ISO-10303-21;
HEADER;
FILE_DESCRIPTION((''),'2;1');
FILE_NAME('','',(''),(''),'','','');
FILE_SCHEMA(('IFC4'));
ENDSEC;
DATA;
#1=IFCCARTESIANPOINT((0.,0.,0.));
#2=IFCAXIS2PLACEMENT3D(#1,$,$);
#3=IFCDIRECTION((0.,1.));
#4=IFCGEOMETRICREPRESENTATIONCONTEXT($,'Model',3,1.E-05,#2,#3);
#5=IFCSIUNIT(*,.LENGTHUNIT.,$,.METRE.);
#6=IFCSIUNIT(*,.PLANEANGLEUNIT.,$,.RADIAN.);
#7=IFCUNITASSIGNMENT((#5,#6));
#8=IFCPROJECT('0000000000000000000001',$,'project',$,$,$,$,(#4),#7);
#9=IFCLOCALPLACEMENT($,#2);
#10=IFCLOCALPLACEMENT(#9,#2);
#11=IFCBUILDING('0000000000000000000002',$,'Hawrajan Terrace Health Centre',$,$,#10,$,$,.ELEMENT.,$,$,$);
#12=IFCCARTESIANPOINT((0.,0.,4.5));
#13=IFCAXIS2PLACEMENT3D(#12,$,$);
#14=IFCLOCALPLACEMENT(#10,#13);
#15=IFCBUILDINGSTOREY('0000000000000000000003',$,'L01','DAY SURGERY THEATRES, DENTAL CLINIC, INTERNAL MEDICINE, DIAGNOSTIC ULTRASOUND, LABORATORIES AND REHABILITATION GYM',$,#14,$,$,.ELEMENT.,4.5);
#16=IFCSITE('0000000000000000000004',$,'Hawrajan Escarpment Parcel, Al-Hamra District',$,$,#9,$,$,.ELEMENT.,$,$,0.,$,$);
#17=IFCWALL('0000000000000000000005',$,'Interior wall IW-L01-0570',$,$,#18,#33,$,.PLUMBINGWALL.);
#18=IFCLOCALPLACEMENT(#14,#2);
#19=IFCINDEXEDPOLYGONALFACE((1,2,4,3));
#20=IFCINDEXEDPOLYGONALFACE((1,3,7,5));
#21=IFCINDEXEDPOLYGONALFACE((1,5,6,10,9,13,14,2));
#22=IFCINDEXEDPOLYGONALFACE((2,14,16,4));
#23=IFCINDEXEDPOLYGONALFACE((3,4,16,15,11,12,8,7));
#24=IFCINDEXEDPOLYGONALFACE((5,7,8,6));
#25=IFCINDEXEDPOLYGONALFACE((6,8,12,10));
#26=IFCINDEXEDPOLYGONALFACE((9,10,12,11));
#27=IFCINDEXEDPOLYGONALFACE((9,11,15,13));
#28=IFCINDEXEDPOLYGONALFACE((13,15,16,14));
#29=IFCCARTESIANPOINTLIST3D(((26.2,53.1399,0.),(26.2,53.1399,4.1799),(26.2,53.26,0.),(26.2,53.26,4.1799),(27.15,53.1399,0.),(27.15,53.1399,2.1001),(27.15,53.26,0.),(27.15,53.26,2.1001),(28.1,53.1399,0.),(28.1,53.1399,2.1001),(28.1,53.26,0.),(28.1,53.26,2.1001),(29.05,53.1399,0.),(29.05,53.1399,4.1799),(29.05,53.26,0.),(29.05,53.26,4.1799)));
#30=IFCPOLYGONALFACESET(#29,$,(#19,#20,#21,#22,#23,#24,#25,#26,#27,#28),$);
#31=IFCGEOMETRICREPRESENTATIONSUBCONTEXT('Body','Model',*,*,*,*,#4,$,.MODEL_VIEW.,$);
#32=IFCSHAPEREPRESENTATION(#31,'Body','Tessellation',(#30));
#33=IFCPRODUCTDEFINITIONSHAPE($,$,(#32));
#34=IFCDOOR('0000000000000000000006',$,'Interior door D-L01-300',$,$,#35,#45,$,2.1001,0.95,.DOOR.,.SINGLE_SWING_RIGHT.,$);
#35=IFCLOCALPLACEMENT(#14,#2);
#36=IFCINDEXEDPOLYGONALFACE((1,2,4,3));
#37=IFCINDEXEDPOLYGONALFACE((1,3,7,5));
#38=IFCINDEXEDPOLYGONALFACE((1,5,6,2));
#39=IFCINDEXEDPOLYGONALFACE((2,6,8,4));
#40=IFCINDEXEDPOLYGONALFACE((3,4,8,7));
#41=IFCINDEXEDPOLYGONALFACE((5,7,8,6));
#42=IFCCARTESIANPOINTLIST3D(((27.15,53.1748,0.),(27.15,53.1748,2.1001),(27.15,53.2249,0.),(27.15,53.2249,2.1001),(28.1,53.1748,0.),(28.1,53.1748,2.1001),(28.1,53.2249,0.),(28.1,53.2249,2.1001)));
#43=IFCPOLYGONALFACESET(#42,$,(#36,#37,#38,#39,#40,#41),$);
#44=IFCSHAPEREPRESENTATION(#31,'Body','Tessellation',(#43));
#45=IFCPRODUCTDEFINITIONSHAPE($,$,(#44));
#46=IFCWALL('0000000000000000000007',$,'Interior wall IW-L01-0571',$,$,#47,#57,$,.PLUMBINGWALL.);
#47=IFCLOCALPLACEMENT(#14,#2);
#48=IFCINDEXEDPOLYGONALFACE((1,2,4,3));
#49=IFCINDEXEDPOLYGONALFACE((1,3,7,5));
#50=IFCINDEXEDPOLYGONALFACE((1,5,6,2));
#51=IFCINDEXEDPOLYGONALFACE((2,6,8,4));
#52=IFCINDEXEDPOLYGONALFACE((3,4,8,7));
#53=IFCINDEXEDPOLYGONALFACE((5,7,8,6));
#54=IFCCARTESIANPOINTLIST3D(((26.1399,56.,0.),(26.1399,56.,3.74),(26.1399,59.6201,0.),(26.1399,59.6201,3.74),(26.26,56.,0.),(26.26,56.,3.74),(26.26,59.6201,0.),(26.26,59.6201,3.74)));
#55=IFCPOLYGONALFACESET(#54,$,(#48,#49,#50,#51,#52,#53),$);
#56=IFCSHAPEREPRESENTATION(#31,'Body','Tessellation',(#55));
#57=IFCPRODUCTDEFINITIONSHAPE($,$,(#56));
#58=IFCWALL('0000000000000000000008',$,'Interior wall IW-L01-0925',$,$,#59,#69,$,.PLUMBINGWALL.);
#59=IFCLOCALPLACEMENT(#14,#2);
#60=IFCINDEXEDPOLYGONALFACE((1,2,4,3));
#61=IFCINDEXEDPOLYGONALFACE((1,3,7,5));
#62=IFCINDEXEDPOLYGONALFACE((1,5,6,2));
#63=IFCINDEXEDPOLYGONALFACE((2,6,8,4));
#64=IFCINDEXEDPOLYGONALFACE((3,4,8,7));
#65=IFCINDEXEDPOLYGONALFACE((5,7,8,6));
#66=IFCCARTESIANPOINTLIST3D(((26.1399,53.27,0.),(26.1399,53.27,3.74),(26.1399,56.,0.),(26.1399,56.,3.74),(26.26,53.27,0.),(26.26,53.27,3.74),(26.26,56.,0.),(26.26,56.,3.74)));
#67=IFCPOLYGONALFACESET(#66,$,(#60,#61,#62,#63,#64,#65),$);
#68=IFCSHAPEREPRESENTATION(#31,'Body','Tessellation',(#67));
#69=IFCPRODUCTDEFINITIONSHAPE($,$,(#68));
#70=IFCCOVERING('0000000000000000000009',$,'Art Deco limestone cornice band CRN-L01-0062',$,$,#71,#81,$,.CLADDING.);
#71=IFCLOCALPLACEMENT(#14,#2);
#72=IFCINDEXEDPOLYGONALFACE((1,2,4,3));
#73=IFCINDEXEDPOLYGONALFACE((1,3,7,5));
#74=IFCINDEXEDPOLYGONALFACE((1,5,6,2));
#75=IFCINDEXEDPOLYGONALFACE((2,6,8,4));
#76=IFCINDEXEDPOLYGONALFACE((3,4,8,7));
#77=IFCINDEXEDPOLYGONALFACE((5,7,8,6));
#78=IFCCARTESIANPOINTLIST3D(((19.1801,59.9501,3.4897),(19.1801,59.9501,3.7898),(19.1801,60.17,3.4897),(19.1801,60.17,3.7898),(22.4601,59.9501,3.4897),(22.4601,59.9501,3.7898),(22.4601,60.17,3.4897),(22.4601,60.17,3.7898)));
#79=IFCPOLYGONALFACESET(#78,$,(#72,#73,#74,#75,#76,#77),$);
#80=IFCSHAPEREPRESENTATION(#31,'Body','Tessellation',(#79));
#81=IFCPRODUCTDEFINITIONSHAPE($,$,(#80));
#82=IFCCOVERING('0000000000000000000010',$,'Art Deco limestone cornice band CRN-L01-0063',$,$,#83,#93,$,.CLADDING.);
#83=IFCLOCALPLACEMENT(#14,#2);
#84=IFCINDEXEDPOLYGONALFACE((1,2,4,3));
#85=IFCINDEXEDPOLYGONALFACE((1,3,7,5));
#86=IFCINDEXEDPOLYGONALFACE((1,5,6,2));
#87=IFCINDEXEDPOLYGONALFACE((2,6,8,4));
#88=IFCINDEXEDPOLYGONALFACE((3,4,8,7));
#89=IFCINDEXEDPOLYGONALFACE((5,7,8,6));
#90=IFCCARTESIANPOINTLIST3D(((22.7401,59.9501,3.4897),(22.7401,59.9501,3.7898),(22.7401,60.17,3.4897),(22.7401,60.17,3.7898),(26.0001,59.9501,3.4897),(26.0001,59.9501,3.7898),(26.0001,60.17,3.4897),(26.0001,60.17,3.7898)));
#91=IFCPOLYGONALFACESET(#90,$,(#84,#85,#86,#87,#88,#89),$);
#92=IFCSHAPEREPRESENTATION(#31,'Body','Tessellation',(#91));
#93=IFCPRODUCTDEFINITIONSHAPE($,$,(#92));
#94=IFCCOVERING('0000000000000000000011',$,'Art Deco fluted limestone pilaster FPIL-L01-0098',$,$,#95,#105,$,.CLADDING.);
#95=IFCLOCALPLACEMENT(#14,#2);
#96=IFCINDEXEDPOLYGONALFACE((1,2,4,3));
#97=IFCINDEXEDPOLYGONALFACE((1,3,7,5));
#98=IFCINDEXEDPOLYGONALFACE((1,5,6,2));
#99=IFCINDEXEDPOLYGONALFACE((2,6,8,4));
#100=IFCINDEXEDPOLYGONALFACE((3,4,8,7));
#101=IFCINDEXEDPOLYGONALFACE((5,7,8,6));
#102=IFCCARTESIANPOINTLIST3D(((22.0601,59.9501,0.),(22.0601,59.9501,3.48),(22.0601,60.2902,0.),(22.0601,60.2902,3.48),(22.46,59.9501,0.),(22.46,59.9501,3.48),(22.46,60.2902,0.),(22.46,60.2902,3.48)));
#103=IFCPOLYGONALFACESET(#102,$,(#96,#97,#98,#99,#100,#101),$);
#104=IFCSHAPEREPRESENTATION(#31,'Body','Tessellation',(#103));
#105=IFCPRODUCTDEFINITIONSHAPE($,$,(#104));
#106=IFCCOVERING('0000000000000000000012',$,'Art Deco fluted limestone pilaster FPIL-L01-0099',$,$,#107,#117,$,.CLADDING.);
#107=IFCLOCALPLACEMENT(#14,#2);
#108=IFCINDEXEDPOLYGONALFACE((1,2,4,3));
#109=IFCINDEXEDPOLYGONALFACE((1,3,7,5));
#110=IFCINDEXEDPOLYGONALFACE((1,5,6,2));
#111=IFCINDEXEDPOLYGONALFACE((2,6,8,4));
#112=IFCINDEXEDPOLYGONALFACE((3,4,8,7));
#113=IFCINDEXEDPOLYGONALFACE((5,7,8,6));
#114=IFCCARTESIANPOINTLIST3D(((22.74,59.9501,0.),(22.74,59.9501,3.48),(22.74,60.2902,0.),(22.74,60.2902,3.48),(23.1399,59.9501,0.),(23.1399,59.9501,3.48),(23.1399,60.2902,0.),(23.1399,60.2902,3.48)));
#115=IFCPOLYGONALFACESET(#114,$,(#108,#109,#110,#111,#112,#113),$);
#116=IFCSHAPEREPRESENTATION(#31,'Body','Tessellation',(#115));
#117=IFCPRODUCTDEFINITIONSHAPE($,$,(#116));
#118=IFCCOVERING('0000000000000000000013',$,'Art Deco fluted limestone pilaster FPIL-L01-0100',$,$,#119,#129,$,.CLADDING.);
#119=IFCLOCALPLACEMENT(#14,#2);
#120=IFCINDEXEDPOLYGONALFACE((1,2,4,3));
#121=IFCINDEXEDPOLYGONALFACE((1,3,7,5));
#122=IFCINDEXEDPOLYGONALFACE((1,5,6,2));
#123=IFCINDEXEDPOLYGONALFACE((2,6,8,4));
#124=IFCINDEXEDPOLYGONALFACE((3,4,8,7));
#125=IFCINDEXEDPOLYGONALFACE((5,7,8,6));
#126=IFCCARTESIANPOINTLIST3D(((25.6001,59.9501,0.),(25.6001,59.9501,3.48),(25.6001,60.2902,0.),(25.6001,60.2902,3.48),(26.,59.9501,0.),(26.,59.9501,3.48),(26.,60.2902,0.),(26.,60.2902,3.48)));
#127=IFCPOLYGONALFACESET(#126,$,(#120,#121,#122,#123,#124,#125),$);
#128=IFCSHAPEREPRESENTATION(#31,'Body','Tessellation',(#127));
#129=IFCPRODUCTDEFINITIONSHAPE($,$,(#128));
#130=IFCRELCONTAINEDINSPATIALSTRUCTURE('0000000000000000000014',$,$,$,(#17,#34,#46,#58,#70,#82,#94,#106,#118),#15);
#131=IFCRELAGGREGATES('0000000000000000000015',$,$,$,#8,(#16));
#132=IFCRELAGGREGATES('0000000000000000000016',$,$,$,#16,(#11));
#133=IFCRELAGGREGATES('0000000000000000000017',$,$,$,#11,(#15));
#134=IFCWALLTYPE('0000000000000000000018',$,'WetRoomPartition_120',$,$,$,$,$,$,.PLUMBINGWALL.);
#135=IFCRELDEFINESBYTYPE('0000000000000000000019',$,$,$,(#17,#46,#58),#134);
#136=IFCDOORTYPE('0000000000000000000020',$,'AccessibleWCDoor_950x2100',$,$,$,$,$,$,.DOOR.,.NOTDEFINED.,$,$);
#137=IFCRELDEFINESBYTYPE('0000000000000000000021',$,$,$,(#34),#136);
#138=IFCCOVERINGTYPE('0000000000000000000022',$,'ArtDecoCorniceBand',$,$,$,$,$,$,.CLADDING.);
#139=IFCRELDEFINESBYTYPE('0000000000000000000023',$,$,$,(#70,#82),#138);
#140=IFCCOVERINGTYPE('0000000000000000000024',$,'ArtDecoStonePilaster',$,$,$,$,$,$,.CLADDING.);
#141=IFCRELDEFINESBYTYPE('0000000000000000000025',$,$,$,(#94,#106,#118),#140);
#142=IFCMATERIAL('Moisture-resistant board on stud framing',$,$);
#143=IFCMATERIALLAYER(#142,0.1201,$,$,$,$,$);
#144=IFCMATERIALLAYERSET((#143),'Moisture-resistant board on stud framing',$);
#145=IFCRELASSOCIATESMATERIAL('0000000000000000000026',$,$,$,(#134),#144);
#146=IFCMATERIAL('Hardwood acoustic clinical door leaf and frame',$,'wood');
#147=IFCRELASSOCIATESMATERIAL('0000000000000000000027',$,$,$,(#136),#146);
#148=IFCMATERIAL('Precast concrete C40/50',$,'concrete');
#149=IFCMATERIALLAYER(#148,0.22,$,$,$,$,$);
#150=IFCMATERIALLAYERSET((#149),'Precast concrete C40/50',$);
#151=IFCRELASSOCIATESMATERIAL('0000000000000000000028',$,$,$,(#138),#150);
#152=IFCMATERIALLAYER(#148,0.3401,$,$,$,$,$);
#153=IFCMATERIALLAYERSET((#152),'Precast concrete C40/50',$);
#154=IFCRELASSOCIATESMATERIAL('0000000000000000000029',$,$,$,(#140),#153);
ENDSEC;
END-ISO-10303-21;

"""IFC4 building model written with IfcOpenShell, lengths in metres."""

from ifc_helpers import new_model, si_unit, direction, frame, frame_2d, origin, origin_2d, place, context, subcontext, project, spatial, rectangle, extrude, material, layer, layer_set, type_object, element, fill, save


model = new_model("IFC4")

# Units and contexts
model_context = context("Model", 3, precision=1e-05, world=origin(), true_north=direction((0.0, 1.0)))
body_context = subcontext(model_context, "Body", "Model", "MODEL_VIEW")
ifc_project = project(units=[si_unit("LENGTHUNIT", "METRE"), si_unit("PLANEANGLEUNIT", "RADIAN")], contexts=[model_context])

# Site, building, storey
site_placement = place(None, origin())
site = spatial("IfcSite", under=ifc_project, at=site_placement, Name="Hawrajan Escarpment Parcel, Al-Hamra District", CompositionType="ELEMENT", RefElevation=0.0)
building_placement = place(site_placement, origin())
building = spatial("IfcBuilding", under=site, at=building_placement, Name="Hawrajan Terrace Health Centre", CompositionType="ELEMENT")
storey_placement = place(building_placement, frame((0.0, 0.0, 4.5)))
storey = spatial("IfcBuildingStorey", under=building, at=storey_placement, Name="L01", Description="DAY SURGERY THEATRES, DENTAL CLINIC, INTERNAL MEDICINE, DIAGNOSTIC ULTRASOUND, LABORATORIES AND REHABILITATION GYM", CompositionType="ELEMENT", Elevation=4.5)

# Shared definitions
ifc_material_1 = material(Name="Hardwood acoustic clinical door leaf and frame", Category="wood")

# Shared definitions
ifc_material_2 = material(Name="Precast concrete C40/50", Category="concrete")

# Wall, opening, door
ifc_material_3 = material(Name="Moisture-resistant board on stud framing")
ifc_layer_1 = layer(ifc_material_3, 0.1201)
ifc_layer_set_1 = layer_set([ifc_layer_1], Name="Moisture-resistant board on stud framing")
wall_type_1 = type_object("IfcWallType", Name="WetRoomPartition_120", PredefinedType="PLUMBINGWALL", material=ifc_layer_set_1)
wall_1_placement = place(storey_placement, frame((26.2, 53.2, 0.0), z_axis=(0.0, 0.0, 1.0), x_axis=(1.0, 0.0, 0.0)))
wall_1 = element("IfcWall", 1, at=wall_1_placement, inside=storey, type_object=wall_type_1, Name="Interior wall IW-L01-0570", PredefinedType="PLUMBINGWALL", context=body_context, shape_type="SweptSolid", body=[
    extrude(rectangle(XDim=2.8501, YDim=0.1201, at=frame_2d((1.425, 0.0))), origin(), (0.0, 0.0, 1.0), 4.1799),
])
opening_1_placement = place(wall_1_placement, frame((0.95, 0.0, 0.0)))
opening_1 = element("IfcOpeningElement", 2, at=opening_1_placement, cuts=wall_1, PredefinedType="OPENING", context=body_context, shape_type="SweptSolid", body=[
    extrude(rectangle(XDim=0.95, YDim=2.1001, at=frame_2d((0.4751, 1.05))), frame((0.0, 0.0701, 0.0), z_axis=(0.0, -1.0, 0.0), x_axis=(1.0, 0.0, 0.0)), (0.0, 0.0, 1.0), 0.1401),
])
door_type_1 = type_object("IfcDoorType", Name="AccessibleWCDoor_950x2100", OperationType="NOTDEFINED", PredefinedType="DOOR", material=ifc_material_1)
door_1_placement = place(opening_1_placement, origin())
door_1 = element("IfcDoor", 3, at=door_1_placement, inside=storey, type_object=door_type_1, Name="Interior door D-L01-300", OperationType="SINGLE_SWING_RIGHT", OverallHeight=2.1001, OverallWidth=0.95, PredefinedType="DOOR", context=body_context, shape_type="SweptSolid", body=[
    extrude(rectangle(XDim=0.95, YDim=2.1001, at=frame_2d((0.4751, 1.05))), frame((0.0, 0.0249, 0.0), z_axis=(0.0, -1.0, 0.0), x_axis=(1.0, 0.0, 0.0)), (0.0, 0.0, 1.0), 0.05),
])
fill(opening_1, door_1)

# Walls
wall_2_placement = place(storey_placement, frame((26.2, 56.0, 0.0), z_axis=(0.0, 0.0, 1.0), x_axis=(0.0, 1.0, 0.0)))
element("IfcWall", 4, at=wall_2_placement, inside=storey, type_object=wall_type_1, Name="Interior wall IW-L01-0571", PredefinedType="PLUMBINGWALL", context=body_context, shape_type="SweptSolid", body=[
    extrude(rectangle(XDim=3.6201, YDim=0.1201, at=frame_2d((1.8101, 0.0))), origin(), (0.0, 0.0, 1.0), 3.74),
])
wall_3_placement = place(storey_placement, frame((26.2, 53.27, 0.0), z_axis=(0.0, 0.0, 1.0), x_axis=(0.0, 1.0, 0.0)))
element("IfcWall", 5, at=wall_3_placement, inside=storey, type_object=wall_type_1, Name="Interior wall IW-L01-0925", PredefinedType="PLUMBINGWALL", context=body_context, shape_type="SweptSolid", body=[
    extrude(rectangle(XDim=2.73, YDim=0.1201, at=frame_2d((1.365, 0.0))), origin(), (0.0, 0.0, 1.0), 3.74),
])

# Coverings
ifc_layer_2 = layer(ifc_material_2, 0.22)
ifc_layer_set_2 = layer_set([ifc_layer_2], Name="Precast concrete C40/50")
covering_type_1 = type_object("IfcCoveringType", Name="ArtDecoCorniceBand", PredefinedType="CLADDING", material=ifc_layer_set_2)
covering_1_placement = place(storey_placement, frame((20.8201, 60.0601, 3.4897), z_axis=(0.0, 0.0, 1.0), x_axis=(1.0, 0.0, 0.0)))
element("IfcCovering", 6, at=covering_1_placement, inside=storey, type_object=covering_type_1, Name="Art Deco limestone cornice band CRN-L01-0062", PredefinedType="CLADDING", context=body_context, shape_type="SweptSolid", body=[
    extrude(rectangle(XDim=3.28, YDim=0.22, at=origin_2d()), origin(), (0.0, 0.0, 1.0), 0.3),
])
covering_2_placement = place(storey_placement, frame((24.3701, 60.0601, 3.4897), z_axis=(0.0, 0.0, 1.0), x_axis=(1.0, 0.0, 0.0)))
element("IfcCovering", 7, at=covering_2_placement, inside=storey, type_object=covering_type_1, Name="Art Deco limestone cornice band CRN-L01-0063", PredefinedType="CLADDING", context=body_context, shape_type="SweptSolid", body=[
    extrude(rectangle(XDim=3.26, YDim=0.22, at=origin_2d()), origin(), (0.0, 0.0, 1.0), 0.3),
])
ifc_layer_3 = layer(ifc_material_2, 0.3401)
ifc_layer_set_3 = layer_set([ifc_layer_3], Name="Precast concrete C40/50")
covering_type_2 = type_object("IfcCoveringType", Name="ArtDecoStonePilaster", PredefinedType="CLADDING", material=ifc_layer_set_3)
for number, where, z_axis, x_axis, name in (
    (8, (22.26, 60.1201, 0.0), (0.0, 0.0, 1.0), (1.0, 0.0, 0.0), "Art Deco fluted limestone pilaster FPIL-L01-0098"),
    (9, (22.9399, 60.1201, 0.0), (0.0, 0.0, 1.0), (1.0, 0.0, 0.0), "Art Deco fluted limestone pilaster FPIL-L01-0099"),
    (10, (25.8, 60.1201, 0.0), (0.0, 0.0, 1.0), (1.0, 0.0, 0.0), "Art Deco fluted limestone pilaster FPIL-L01-0100"),
):
    element("IfcCovering", number, at=place(storey_placement, frame(where, z_axis=z_axis, x_axis=x_axis)), inside=storey, type_object=covering_type_2, Name=name, PredefinedType="CLADDING", context=body_context, shape_type="SweptSolid", body=[
        extrude(rectangle(XDim=0.3999, YDim=0.3401, at=origin_2d()), origin(), (0.0, 0.0, 1.0), 3.48),
    ])

save(model, "model.ifc")
